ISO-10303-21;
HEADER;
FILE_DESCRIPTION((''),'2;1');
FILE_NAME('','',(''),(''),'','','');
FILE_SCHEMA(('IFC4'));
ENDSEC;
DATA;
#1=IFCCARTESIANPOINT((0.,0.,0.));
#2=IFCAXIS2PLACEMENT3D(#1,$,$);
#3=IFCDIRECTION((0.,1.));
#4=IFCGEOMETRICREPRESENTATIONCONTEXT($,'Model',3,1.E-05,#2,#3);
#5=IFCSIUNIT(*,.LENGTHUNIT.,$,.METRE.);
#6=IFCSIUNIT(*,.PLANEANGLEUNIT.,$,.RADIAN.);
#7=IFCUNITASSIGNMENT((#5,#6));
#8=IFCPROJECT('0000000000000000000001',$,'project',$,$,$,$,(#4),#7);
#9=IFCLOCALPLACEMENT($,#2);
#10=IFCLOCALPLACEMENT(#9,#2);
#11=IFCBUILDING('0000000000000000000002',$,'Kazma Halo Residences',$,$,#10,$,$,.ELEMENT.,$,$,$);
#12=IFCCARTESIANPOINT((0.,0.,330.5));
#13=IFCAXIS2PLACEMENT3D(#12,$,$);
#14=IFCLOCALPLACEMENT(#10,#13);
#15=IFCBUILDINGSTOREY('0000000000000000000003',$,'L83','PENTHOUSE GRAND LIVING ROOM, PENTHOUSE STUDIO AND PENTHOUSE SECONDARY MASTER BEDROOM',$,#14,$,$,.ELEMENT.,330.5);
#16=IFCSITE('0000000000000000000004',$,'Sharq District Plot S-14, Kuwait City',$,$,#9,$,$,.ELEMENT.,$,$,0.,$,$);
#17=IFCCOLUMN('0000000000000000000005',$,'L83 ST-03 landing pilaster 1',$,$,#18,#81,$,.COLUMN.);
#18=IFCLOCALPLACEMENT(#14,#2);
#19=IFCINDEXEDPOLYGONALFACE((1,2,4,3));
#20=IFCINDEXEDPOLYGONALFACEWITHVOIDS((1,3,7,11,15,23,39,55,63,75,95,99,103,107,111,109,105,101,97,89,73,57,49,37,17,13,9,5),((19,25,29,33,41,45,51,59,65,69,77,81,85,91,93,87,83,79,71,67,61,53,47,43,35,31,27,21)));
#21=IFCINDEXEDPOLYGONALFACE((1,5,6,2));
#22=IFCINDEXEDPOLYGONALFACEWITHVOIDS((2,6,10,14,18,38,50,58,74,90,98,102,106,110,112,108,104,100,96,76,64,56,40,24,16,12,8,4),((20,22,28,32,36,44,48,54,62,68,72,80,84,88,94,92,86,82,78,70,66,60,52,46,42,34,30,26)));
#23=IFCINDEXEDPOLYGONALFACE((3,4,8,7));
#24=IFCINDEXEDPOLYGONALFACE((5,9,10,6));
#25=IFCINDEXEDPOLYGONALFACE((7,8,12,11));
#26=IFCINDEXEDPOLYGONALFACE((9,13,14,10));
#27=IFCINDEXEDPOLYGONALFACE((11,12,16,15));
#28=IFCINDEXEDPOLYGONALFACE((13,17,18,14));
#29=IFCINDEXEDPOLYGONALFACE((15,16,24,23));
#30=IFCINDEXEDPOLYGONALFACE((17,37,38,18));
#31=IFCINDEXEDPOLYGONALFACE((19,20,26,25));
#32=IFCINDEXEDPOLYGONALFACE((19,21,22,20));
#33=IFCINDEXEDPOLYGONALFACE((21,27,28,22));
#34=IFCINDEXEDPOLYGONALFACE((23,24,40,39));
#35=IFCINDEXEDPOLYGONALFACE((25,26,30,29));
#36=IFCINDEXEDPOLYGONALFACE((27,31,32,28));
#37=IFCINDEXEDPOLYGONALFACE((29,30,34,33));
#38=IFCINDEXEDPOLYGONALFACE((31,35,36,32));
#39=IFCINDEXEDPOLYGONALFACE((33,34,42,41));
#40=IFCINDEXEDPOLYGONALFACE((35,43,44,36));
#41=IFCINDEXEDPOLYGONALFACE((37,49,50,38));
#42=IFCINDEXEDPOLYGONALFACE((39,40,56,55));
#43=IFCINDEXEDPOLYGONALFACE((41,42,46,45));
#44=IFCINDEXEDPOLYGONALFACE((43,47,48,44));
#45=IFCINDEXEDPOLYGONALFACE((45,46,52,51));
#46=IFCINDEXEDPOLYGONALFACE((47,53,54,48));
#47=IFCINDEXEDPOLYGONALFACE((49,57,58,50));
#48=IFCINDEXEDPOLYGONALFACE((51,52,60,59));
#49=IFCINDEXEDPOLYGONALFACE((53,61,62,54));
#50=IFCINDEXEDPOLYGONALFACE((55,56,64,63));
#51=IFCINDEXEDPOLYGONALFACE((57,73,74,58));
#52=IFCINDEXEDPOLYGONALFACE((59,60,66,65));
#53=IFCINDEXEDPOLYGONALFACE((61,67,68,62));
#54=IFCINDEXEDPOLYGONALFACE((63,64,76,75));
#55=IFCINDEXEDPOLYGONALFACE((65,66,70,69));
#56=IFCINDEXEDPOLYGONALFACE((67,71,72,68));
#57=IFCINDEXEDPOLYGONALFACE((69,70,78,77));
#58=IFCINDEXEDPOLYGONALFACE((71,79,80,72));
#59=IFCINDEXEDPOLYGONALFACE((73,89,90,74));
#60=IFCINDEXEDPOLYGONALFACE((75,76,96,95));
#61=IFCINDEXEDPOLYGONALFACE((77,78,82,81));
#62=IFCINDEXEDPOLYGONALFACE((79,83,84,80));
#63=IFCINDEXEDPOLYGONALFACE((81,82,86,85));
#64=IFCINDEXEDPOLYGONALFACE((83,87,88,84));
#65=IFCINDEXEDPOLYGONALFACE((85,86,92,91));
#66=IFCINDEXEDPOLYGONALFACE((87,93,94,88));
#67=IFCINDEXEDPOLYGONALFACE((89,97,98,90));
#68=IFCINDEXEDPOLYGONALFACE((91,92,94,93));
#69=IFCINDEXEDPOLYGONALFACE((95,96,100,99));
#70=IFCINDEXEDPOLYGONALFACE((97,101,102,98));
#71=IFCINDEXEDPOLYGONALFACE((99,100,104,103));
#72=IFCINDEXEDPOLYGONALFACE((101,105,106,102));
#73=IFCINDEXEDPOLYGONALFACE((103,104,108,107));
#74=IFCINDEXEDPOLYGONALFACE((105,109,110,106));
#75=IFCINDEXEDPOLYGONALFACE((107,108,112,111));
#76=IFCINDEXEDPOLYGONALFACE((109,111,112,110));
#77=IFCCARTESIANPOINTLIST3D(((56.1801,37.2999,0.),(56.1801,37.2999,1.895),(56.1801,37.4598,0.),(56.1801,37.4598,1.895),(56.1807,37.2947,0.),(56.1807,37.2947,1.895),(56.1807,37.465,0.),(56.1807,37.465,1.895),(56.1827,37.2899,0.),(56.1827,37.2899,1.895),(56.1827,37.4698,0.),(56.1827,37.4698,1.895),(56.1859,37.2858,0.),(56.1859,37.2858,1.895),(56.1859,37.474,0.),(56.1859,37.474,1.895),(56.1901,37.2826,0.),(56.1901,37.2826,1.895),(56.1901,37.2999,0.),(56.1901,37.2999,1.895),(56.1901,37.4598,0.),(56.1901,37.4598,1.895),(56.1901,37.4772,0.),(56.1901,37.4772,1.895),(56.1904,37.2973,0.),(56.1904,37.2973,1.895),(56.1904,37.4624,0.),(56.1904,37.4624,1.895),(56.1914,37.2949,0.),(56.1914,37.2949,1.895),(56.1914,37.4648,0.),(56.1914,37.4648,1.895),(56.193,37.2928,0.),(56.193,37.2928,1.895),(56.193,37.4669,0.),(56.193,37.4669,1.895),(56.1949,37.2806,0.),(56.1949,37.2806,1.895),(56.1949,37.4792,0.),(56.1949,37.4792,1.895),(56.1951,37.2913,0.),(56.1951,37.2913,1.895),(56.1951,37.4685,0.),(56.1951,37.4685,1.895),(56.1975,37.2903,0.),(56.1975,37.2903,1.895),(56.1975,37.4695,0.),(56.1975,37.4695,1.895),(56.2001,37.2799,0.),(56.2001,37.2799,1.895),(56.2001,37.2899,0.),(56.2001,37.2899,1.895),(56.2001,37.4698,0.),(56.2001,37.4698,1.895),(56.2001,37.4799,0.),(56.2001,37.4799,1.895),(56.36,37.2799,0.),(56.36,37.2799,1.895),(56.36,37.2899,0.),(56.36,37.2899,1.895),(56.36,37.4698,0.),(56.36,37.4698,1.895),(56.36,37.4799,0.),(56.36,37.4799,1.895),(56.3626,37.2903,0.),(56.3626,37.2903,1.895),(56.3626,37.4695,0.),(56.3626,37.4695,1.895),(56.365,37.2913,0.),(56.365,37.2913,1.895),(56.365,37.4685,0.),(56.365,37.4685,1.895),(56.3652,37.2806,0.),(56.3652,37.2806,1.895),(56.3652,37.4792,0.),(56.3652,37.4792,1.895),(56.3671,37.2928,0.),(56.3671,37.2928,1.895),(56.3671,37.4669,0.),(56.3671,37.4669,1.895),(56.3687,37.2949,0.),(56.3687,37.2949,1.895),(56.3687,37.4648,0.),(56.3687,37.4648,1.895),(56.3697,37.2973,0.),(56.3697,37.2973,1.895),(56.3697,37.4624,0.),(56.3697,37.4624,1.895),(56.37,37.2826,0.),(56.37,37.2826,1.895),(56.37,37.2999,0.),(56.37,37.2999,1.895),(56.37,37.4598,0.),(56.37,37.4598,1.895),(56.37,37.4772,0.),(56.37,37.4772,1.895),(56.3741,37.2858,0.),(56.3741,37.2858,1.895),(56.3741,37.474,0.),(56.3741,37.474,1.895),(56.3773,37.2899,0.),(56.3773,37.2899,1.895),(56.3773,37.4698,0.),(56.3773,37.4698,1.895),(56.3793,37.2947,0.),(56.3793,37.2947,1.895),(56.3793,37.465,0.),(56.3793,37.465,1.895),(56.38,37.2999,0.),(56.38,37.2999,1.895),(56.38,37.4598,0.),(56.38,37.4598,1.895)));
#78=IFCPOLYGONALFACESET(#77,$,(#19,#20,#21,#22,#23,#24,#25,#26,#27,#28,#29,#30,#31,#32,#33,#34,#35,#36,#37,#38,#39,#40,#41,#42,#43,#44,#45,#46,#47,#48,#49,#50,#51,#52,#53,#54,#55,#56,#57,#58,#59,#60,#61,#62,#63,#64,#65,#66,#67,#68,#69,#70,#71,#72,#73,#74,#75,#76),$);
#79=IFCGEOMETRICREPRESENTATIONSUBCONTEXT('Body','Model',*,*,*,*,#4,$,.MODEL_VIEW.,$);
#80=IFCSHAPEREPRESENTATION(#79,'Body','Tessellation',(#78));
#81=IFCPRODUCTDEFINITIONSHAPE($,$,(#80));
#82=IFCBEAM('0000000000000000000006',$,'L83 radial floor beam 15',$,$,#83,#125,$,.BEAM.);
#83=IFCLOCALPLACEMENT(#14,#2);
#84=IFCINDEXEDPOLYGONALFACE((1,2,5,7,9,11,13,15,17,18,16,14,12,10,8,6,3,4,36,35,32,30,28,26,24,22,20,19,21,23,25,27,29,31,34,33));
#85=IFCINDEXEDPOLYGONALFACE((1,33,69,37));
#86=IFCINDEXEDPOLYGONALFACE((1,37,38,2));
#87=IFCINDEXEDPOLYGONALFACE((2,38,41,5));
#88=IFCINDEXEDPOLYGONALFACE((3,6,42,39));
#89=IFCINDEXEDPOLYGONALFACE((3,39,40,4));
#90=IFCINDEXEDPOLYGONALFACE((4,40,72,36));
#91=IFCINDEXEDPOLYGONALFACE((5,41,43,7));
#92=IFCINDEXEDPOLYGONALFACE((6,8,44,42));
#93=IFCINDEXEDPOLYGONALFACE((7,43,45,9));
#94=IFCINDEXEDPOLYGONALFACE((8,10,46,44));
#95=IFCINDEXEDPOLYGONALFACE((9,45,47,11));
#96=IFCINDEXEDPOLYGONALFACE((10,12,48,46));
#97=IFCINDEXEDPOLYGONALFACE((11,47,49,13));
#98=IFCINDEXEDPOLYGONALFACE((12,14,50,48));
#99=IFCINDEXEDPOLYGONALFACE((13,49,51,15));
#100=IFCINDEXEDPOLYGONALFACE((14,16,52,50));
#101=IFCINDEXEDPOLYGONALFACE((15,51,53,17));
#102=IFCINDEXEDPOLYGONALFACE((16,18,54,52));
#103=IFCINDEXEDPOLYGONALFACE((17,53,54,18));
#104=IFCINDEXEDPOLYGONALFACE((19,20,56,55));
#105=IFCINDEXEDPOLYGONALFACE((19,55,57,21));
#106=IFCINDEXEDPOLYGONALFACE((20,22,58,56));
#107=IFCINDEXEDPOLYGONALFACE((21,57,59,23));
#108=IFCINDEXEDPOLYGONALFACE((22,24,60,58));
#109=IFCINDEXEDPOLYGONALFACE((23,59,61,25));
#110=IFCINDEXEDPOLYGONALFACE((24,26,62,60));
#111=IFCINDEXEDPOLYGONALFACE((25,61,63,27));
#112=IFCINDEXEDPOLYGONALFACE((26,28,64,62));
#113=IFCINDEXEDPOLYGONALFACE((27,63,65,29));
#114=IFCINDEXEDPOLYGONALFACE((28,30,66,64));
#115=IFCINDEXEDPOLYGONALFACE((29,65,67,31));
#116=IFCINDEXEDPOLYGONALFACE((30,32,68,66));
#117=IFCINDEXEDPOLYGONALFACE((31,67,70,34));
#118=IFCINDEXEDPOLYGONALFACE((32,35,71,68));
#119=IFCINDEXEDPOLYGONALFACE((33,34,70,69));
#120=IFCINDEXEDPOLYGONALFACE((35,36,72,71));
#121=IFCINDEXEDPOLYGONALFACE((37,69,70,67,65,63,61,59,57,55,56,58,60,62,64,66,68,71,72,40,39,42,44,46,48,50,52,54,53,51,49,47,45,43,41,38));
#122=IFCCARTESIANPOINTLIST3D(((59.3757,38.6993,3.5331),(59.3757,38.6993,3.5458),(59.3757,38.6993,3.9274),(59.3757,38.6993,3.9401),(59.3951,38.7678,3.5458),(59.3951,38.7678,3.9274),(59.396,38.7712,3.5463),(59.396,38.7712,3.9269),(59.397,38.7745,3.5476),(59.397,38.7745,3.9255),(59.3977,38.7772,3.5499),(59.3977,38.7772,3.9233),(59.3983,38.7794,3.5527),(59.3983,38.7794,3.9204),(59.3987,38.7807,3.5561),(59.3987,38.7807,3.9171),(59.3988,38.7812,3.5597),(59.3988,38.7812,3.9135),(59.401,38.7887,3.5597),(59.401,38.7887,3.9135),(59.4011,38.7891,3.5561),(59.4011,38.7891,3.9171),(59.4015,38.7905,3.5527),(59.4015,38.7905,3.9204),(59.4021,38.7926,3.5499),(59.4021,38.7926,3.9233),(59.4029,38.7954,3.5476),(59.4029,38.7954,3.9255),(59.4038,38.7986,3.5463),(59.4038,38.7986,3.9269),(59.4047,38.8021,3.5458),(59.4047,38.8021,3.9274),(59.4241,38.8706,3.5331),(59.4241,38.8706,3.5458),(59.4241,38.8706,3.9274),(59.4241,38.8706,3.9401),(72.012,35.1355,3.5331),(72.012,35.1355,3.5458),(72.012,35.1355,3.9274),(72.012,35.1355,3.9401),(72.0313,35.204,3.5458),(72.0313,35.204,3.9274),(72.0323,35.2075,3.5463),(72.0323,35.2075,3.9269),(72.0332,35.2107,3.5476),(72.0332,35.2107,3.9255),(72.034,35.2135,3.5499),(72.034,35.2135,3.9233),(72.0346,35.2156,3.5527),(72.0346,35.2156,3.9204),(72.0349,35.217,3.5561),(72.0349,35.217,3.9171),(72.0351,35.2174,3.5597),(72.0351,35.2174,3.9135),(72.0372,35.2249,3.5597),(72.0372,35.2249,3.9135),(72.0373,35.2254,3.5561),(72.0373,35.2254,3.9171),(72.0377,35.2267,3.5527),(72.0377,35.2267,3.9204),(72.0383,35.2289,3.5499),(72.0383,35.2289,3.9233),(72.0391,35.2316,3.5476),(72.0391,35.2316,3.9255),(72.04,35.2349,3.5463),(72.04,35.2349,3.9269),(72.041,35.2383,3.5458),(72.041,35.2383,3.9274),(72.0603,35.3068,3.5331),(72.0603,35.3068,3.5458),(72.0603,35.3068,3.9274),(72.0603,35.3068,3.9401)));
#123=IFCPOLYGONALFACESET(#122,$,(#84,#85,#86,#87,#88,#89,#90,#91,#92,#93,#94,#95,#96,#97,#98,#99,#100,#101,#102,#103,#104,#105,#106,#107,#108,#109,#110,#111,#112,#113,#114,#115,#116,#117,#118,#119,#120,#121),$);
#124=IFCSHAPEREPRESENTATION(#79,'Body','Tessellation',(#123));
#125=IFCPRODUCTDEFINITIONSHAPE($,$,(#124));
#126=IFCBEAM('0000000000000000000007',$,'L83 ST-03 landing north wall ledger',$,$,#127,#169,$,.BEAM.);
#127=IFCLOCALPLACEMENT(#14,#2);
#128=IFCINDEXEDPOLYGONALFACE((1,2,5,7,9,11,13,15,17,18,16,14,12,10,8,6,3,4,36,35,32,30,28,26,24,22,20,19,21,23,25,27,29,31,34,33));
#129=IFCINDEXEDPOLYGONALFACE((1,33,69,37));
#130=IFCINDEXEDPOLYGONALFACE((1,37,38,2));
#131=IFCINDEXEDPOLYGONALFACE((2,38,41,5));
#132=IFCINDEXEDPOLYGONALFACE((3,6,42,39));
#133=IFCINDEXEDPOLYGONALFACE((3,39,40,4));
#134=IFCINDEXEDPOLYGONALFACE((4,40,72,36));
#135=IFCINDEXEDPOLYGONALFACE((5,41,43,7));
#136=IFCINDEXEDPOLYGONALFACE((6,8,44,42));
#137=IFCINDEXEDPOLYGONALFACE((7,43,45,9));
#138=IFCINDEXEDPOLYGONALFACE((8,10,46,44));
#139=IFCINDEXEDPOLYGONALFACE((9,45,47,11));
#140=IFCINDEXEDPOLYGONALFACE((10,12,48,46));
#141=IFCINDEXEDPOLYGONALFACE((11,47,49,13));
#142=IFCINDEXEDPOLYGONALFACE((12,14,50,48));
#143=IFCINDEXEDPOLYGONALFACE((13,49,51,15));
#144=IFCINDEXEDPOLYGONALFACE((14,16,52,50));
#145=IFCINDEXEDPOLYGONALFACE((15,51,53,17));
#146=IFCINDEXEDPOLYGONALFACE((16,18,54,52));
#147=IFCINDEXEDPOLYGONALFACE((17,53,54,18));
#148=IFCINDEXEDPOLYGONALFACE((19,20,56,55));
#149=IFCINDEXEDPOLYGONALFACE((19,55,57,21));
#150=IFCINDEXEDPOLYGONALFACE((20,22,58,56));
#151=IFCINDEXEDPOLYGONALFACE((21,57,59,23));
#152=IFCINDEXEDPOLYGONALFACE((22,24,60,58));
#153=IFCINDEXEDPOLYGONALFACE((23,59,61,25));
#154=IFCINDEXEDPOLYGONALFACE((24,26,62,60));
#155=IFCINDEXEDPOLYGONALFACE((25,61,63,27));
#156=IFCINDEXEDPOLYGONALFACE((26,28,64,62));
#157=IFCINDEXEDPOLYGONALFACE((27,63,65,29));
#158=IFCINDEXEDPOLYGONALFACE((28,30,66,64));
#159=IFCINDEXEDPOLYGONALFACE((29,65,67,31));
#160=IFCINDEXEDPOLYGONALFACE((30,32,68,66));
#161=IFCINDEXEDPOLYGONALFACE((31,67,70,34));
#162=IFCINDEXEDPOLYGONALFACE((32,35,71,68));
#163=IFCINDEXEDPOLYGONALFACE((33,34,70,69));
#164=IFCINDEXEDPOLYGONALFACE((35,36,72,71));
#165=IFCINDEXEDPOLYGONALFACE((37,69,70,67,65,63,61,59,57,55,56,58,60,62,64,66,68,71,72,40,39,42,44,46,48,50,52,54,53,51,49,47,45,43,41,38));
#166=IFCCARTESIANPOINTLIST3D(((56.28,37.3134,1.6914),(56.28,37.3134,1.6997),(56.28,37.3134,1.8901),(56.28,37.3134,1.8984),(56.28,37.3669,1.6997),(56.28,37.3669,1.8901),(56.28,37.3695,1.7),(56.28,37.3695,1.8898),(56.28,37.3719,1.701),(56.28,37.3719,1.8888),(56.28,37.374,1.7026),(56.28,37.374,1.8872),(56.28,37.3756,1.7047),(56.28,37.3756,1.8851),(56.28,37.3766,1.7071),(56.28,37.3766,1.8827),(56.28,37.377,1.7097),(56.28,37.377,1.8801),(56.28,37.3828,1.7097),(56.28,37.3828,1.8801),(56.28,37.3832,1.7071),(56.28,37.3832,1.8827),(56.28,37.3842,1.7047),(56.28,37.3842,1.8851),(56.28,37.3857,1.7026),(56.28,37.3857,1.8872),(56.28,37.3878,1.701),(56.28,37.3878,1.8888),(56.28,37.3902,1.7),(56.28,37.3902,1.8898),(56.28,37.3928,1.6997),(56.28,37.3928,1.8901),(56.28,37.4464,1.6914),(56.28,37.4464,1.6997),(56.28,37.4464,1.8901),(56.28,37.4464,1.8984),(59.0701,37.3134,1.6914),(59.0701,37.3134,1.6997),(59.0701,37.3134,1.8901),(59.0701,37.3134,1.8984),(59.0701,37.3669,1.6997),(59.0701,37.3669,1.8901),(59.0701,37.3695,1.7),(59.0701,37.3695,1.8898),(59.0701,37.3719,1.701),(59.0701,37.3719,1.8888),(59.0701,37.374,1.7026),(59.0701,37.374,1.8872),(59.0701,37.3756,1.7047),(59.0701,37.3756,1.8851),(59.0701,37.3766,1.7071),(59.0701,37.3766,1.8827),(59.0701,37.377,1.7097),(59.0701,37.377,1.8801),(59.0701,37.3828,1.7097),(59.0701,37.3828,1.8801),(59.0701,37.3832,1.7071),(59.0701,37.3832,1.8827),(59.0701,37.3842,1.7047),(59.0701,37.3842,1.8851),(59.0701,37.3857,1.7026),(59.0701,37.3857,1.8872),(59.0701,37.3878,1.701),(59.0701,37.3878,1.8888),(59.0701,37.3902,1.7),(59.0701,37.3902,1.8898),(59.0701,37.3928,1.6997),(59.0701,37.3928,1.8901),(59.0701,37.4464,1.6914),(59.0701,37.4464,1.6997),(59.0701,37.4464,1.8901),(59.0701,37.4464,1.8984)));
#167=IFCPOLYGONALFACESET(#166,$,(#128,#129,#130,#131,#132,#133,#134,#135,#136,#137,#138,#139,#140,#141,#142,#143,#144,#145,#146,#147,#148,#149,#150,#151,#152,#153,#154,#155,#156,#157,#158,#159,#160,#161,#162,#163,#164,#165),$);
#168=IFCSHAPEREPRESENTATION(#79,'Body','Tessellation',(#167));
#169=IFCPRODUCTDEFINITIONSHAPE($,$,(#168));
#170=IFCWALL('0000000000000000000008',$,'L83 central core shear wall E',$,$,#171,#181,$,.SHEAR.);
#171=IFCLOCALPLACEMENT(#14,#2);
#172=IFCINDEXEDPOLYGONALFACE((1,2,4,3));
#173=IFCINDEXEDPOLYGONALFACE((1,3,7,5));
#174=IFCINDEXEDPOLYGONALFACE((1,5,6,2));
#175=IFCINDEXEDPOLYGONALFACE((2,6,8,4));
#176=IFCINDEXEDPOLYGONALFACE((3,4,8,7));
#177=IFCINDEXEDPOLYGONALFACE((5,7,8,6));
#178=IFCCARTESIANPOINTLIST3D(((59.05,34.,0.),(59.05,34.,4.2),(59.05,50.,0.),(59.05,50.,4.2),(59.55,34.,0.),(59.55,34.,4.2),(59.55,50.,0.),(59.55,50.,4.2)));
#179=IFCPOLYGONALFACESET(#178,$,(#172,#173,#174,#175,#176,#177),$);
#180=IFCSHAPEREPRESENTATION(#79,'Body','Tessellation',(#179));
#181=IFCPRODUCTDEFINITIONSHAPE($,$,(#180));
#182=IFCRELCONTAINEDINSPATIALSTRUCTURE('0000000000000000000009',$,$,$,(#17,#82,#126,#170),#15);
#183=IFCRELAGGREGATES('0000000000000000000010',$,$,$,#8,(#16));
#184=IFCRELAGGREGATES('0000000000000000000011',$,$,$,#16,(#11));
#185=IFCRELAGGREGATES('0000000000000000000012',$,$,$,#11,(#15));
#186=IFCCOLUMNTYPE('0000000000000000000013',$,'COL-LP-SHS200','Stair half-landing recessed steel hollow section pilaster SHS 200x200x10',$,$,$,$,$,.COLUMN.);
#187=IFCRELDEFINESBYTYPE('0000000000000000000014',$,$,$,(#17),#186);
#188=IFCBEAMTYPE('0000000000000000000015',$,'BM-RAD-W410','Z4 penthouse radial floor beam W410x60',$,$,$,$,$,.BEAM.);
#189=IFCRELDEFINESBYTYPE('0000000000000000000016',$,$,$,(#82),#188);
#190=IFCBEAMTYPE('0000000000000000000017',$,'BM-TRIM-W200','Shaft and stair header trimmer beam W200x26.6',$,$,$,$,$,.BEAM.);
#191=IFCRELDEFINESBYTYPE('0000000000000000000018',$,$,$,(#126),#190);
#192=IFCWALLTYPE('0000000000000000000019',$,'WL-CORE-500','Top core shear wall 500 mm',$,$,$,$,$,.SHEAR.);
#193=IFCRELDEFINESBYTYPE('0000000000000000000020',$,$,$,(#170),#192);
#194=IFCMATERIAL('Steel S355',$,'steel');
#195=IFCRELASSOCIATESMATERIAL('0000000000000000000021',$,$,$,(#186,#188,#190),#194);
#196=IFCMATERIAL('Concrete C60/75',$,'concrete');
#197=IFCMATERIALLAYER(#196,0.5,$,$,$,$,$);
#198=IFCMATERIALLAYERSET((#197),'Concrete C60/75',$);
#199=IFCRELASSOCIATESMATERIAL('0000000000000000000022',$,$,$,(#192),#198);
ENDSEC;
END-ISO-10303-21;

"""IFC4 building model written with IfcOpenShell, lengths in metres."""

from ifc_helpers import new_model, si_unit, direction, frame, frame_2d, origin, origin_2d, place, context, subcontext, project, spatial, rectangle, hollow_rectangle, i_section, extrude, material, layer, layer_set, material_profile, profile_set, type_object, element, save


model = new_model("IFC4")

# Units and contexts
model_context = context("Model", 3, precision=1e-05, world=origin(), true_north=direction((0.0, 1.0)))
body_context = subcontext(model_context, "Body", "Model", "MODEL_VIEW")
ifc_project = project(units=[si_unit("LENGTHUNIT", "METRE"), si_unit("PLANEANGLEUNIT", "RADIAN")], contexts=[model_context])

# Site, building, storey
site_placement = place(None, origin())
site = spatial("IfcSite", under=ifc_project, at=site_placement, Name="Sharq District Plot S-14, Kuwait City", CompositionType="ELEMENT", RefElevation=0.0)
building_placement = place(site_placement, origin())
building = spatial("IfcBuilding", under=site, at=building_placement, Name="Kazma Halo Residences", CompositionType="ELEMENT")
storey_placement = place(building_placement, frame((0.0, 0.0, 330.5)))
storey = spatial("IfcBuildingStorey", under=building, at=storey_placement, Name="L83", Description="PENTHOUSE GRAND LIVING ROOM, PENTHOUSE STUDIO AND PENTHOUSE SECONDARY MASTER BEDROOM", CompositionType="ELEMENT", Elevation=330.5)

# Column
ifc_material_1 = material(Name="Steel S355", Category="steel")
ifc_material_profile_1 = material_profile(ifc_material_1, hollow_rectangle(XDim=0.2, YDim=0.2, WallThickness=0.01, InnerFilletRadius=0.01, OuterFilletRadius=0.02, at=origin_2d()), Name="SHS200x200x10")
ifc_profile_set_1 = profile_set([ifc_material_profile_1], Name="Steel S355")
column_type = type_object("IfcColumnType", Name="COL-LP-SHS200", Description="Stair half-landing recessed steel hollow section pilaster SHS 200x200x10", PredefinedType="COLUMN", material=ifc_profile_set_1)
column_placement = place(storey_placement, frame((56.28, 37.3799, 0.0), z_axis=(0.0, 0.0, 1.0), x_axis=(1.0, 0.0, 0.0)))
element("IfcColumn", 1, at=column_placement, inside=storey, type_object=column_type, Name="L83 ST-03 landing pilaster 1", PredefinedType="COLUMN", context=body_context, shape_type="SweptSolid", body=[
    extrude(hollow_rectangle(XDim=0.2, YDim=0.2, WallThickness=0.01, InnerFilletRadius=0.01, OuterFilletRadius=0.02, at=origin_2d()), origin(), (0.0, 0.0, 1.0), 1.895),
])

# Beams
ifc_material_profile_2 = material_profile(ifc_material_1, i_section(OverallWidth=0.178, OverallDepth=0.407, WebThickness=0.0078, FlangeThickness=0.0127, FilletRadius=0.0139, at=origin_2d()), Name="W410x60")
ifc_profile_set_2 = profile_set([ifc_material_profile_2], Name="Steel S355")
beam_type_1 = type_object("IfcBeamType", Name="BM-RAD-W410", Description="Z4 penthouse radial floor beam W410x60", PredefinedType="BEAM", material=ifc_profile_set_2)
beam_1_placement = place(storey_placement, frame((59.3999, 38.7849, 3.7366), z_axis=(0.962457, -0.271436, 0.0), x_axis=(0.271436, 0.962457, 0.0)))
element("IfcBeam", 2, at=beam_1_placement, inside=storey, type_object=beam_type_1, Name="L83 radial floor beam 15", PredefinedType="BEAM", context=body_context, shape_type="SweptSolid", body=[
    extrude(i_section(OverallWidth=0.178, OverallDepth=0.407, WebThickness=0.0078, FlangeThickness=0.0127, FilletRadius=0.0139, at=origin_2d()), origin(), (0.0, 0.0, 1.0), 13.1292),
])
ifc_material_profile_3 = material_profile(ifc_material_1, i_section(OverallWidth=0.1331, OverallDepth=0.207, WebThickness=0.0059, FlangeThickness=0.0083, FilletRadius=0.01, at=origin_2d()), Name="W200x26.6")
ifc_profile_set_3 = profile_set([ifc_material_profile_3], Name="Steel S355")
beam_type_2 = type_object("IfcBeamType", Name="BM-TRIM-W200", Description="Shaft and stair header trimmer beam W200x26.6", PredefinedType="BEAM", material=ifc_profile_set_3)
beam_2_placement = place(storey_placement, frame((56.28, 37.3799, 1.7949), z_axis=(1.0, 0.0, 0.0), x_axis=(0.0, 1.0, 0.0)))
element("IfcBeam", 3, at=beam_2_placement, inside=storey, type_object=beam_type_2, Name="L83 ST-03 landing north wall ledger", PredefinedType="BEAM", context=body_context, shape_type="SweptSolid", body=[
    extrude(i_section(OverallWidth=0.1331, OverallDepth=0.207, WebThickness=0.0059, FlangeThickness=0.0083, FilletRadius=0.01, at=origin_2d()), origin(), (0.0, 0.0, 1.0), 2.79),
])

# Wall
ifc_material_2 = material(Name="Concrete C60/75", Category="concrete")
ifc_layer_1 = layer(ifc_material_2, 0.5)
ifc_layer_set_1 = layer_set([ifc_layer_1], Name="Concrete C60/75")
wall_type_1 = type_object("IfcWallType", Name="WL-CORE-500", Description="Top core shear wall 500 mm", PredefinedType="SHEAR", material=ifc_layer_set_1)
wall_1_placement = place(storey_placement, frame((59.3, 34.0, 0.0), z_axis=(0.0, 0.0, 1.0), x_axis=(0.0, 1.0, 0.0)))
element("IfcWall", 4, at=wall_1_placement, inside=storey, type_object=wall_type_1, Name="L83 central core shear wall E", PredefinedType="SHEAR", context=body_context, shape_type="SweptSolid", body=[
    extrude(rectangle(XDim=16.0, YDim=0.5, at=frame_2d((8.0, 0.0))), origin(), (0.0, 0.0, 1.0), 4.2),
])

save(model, "model.ifc")
